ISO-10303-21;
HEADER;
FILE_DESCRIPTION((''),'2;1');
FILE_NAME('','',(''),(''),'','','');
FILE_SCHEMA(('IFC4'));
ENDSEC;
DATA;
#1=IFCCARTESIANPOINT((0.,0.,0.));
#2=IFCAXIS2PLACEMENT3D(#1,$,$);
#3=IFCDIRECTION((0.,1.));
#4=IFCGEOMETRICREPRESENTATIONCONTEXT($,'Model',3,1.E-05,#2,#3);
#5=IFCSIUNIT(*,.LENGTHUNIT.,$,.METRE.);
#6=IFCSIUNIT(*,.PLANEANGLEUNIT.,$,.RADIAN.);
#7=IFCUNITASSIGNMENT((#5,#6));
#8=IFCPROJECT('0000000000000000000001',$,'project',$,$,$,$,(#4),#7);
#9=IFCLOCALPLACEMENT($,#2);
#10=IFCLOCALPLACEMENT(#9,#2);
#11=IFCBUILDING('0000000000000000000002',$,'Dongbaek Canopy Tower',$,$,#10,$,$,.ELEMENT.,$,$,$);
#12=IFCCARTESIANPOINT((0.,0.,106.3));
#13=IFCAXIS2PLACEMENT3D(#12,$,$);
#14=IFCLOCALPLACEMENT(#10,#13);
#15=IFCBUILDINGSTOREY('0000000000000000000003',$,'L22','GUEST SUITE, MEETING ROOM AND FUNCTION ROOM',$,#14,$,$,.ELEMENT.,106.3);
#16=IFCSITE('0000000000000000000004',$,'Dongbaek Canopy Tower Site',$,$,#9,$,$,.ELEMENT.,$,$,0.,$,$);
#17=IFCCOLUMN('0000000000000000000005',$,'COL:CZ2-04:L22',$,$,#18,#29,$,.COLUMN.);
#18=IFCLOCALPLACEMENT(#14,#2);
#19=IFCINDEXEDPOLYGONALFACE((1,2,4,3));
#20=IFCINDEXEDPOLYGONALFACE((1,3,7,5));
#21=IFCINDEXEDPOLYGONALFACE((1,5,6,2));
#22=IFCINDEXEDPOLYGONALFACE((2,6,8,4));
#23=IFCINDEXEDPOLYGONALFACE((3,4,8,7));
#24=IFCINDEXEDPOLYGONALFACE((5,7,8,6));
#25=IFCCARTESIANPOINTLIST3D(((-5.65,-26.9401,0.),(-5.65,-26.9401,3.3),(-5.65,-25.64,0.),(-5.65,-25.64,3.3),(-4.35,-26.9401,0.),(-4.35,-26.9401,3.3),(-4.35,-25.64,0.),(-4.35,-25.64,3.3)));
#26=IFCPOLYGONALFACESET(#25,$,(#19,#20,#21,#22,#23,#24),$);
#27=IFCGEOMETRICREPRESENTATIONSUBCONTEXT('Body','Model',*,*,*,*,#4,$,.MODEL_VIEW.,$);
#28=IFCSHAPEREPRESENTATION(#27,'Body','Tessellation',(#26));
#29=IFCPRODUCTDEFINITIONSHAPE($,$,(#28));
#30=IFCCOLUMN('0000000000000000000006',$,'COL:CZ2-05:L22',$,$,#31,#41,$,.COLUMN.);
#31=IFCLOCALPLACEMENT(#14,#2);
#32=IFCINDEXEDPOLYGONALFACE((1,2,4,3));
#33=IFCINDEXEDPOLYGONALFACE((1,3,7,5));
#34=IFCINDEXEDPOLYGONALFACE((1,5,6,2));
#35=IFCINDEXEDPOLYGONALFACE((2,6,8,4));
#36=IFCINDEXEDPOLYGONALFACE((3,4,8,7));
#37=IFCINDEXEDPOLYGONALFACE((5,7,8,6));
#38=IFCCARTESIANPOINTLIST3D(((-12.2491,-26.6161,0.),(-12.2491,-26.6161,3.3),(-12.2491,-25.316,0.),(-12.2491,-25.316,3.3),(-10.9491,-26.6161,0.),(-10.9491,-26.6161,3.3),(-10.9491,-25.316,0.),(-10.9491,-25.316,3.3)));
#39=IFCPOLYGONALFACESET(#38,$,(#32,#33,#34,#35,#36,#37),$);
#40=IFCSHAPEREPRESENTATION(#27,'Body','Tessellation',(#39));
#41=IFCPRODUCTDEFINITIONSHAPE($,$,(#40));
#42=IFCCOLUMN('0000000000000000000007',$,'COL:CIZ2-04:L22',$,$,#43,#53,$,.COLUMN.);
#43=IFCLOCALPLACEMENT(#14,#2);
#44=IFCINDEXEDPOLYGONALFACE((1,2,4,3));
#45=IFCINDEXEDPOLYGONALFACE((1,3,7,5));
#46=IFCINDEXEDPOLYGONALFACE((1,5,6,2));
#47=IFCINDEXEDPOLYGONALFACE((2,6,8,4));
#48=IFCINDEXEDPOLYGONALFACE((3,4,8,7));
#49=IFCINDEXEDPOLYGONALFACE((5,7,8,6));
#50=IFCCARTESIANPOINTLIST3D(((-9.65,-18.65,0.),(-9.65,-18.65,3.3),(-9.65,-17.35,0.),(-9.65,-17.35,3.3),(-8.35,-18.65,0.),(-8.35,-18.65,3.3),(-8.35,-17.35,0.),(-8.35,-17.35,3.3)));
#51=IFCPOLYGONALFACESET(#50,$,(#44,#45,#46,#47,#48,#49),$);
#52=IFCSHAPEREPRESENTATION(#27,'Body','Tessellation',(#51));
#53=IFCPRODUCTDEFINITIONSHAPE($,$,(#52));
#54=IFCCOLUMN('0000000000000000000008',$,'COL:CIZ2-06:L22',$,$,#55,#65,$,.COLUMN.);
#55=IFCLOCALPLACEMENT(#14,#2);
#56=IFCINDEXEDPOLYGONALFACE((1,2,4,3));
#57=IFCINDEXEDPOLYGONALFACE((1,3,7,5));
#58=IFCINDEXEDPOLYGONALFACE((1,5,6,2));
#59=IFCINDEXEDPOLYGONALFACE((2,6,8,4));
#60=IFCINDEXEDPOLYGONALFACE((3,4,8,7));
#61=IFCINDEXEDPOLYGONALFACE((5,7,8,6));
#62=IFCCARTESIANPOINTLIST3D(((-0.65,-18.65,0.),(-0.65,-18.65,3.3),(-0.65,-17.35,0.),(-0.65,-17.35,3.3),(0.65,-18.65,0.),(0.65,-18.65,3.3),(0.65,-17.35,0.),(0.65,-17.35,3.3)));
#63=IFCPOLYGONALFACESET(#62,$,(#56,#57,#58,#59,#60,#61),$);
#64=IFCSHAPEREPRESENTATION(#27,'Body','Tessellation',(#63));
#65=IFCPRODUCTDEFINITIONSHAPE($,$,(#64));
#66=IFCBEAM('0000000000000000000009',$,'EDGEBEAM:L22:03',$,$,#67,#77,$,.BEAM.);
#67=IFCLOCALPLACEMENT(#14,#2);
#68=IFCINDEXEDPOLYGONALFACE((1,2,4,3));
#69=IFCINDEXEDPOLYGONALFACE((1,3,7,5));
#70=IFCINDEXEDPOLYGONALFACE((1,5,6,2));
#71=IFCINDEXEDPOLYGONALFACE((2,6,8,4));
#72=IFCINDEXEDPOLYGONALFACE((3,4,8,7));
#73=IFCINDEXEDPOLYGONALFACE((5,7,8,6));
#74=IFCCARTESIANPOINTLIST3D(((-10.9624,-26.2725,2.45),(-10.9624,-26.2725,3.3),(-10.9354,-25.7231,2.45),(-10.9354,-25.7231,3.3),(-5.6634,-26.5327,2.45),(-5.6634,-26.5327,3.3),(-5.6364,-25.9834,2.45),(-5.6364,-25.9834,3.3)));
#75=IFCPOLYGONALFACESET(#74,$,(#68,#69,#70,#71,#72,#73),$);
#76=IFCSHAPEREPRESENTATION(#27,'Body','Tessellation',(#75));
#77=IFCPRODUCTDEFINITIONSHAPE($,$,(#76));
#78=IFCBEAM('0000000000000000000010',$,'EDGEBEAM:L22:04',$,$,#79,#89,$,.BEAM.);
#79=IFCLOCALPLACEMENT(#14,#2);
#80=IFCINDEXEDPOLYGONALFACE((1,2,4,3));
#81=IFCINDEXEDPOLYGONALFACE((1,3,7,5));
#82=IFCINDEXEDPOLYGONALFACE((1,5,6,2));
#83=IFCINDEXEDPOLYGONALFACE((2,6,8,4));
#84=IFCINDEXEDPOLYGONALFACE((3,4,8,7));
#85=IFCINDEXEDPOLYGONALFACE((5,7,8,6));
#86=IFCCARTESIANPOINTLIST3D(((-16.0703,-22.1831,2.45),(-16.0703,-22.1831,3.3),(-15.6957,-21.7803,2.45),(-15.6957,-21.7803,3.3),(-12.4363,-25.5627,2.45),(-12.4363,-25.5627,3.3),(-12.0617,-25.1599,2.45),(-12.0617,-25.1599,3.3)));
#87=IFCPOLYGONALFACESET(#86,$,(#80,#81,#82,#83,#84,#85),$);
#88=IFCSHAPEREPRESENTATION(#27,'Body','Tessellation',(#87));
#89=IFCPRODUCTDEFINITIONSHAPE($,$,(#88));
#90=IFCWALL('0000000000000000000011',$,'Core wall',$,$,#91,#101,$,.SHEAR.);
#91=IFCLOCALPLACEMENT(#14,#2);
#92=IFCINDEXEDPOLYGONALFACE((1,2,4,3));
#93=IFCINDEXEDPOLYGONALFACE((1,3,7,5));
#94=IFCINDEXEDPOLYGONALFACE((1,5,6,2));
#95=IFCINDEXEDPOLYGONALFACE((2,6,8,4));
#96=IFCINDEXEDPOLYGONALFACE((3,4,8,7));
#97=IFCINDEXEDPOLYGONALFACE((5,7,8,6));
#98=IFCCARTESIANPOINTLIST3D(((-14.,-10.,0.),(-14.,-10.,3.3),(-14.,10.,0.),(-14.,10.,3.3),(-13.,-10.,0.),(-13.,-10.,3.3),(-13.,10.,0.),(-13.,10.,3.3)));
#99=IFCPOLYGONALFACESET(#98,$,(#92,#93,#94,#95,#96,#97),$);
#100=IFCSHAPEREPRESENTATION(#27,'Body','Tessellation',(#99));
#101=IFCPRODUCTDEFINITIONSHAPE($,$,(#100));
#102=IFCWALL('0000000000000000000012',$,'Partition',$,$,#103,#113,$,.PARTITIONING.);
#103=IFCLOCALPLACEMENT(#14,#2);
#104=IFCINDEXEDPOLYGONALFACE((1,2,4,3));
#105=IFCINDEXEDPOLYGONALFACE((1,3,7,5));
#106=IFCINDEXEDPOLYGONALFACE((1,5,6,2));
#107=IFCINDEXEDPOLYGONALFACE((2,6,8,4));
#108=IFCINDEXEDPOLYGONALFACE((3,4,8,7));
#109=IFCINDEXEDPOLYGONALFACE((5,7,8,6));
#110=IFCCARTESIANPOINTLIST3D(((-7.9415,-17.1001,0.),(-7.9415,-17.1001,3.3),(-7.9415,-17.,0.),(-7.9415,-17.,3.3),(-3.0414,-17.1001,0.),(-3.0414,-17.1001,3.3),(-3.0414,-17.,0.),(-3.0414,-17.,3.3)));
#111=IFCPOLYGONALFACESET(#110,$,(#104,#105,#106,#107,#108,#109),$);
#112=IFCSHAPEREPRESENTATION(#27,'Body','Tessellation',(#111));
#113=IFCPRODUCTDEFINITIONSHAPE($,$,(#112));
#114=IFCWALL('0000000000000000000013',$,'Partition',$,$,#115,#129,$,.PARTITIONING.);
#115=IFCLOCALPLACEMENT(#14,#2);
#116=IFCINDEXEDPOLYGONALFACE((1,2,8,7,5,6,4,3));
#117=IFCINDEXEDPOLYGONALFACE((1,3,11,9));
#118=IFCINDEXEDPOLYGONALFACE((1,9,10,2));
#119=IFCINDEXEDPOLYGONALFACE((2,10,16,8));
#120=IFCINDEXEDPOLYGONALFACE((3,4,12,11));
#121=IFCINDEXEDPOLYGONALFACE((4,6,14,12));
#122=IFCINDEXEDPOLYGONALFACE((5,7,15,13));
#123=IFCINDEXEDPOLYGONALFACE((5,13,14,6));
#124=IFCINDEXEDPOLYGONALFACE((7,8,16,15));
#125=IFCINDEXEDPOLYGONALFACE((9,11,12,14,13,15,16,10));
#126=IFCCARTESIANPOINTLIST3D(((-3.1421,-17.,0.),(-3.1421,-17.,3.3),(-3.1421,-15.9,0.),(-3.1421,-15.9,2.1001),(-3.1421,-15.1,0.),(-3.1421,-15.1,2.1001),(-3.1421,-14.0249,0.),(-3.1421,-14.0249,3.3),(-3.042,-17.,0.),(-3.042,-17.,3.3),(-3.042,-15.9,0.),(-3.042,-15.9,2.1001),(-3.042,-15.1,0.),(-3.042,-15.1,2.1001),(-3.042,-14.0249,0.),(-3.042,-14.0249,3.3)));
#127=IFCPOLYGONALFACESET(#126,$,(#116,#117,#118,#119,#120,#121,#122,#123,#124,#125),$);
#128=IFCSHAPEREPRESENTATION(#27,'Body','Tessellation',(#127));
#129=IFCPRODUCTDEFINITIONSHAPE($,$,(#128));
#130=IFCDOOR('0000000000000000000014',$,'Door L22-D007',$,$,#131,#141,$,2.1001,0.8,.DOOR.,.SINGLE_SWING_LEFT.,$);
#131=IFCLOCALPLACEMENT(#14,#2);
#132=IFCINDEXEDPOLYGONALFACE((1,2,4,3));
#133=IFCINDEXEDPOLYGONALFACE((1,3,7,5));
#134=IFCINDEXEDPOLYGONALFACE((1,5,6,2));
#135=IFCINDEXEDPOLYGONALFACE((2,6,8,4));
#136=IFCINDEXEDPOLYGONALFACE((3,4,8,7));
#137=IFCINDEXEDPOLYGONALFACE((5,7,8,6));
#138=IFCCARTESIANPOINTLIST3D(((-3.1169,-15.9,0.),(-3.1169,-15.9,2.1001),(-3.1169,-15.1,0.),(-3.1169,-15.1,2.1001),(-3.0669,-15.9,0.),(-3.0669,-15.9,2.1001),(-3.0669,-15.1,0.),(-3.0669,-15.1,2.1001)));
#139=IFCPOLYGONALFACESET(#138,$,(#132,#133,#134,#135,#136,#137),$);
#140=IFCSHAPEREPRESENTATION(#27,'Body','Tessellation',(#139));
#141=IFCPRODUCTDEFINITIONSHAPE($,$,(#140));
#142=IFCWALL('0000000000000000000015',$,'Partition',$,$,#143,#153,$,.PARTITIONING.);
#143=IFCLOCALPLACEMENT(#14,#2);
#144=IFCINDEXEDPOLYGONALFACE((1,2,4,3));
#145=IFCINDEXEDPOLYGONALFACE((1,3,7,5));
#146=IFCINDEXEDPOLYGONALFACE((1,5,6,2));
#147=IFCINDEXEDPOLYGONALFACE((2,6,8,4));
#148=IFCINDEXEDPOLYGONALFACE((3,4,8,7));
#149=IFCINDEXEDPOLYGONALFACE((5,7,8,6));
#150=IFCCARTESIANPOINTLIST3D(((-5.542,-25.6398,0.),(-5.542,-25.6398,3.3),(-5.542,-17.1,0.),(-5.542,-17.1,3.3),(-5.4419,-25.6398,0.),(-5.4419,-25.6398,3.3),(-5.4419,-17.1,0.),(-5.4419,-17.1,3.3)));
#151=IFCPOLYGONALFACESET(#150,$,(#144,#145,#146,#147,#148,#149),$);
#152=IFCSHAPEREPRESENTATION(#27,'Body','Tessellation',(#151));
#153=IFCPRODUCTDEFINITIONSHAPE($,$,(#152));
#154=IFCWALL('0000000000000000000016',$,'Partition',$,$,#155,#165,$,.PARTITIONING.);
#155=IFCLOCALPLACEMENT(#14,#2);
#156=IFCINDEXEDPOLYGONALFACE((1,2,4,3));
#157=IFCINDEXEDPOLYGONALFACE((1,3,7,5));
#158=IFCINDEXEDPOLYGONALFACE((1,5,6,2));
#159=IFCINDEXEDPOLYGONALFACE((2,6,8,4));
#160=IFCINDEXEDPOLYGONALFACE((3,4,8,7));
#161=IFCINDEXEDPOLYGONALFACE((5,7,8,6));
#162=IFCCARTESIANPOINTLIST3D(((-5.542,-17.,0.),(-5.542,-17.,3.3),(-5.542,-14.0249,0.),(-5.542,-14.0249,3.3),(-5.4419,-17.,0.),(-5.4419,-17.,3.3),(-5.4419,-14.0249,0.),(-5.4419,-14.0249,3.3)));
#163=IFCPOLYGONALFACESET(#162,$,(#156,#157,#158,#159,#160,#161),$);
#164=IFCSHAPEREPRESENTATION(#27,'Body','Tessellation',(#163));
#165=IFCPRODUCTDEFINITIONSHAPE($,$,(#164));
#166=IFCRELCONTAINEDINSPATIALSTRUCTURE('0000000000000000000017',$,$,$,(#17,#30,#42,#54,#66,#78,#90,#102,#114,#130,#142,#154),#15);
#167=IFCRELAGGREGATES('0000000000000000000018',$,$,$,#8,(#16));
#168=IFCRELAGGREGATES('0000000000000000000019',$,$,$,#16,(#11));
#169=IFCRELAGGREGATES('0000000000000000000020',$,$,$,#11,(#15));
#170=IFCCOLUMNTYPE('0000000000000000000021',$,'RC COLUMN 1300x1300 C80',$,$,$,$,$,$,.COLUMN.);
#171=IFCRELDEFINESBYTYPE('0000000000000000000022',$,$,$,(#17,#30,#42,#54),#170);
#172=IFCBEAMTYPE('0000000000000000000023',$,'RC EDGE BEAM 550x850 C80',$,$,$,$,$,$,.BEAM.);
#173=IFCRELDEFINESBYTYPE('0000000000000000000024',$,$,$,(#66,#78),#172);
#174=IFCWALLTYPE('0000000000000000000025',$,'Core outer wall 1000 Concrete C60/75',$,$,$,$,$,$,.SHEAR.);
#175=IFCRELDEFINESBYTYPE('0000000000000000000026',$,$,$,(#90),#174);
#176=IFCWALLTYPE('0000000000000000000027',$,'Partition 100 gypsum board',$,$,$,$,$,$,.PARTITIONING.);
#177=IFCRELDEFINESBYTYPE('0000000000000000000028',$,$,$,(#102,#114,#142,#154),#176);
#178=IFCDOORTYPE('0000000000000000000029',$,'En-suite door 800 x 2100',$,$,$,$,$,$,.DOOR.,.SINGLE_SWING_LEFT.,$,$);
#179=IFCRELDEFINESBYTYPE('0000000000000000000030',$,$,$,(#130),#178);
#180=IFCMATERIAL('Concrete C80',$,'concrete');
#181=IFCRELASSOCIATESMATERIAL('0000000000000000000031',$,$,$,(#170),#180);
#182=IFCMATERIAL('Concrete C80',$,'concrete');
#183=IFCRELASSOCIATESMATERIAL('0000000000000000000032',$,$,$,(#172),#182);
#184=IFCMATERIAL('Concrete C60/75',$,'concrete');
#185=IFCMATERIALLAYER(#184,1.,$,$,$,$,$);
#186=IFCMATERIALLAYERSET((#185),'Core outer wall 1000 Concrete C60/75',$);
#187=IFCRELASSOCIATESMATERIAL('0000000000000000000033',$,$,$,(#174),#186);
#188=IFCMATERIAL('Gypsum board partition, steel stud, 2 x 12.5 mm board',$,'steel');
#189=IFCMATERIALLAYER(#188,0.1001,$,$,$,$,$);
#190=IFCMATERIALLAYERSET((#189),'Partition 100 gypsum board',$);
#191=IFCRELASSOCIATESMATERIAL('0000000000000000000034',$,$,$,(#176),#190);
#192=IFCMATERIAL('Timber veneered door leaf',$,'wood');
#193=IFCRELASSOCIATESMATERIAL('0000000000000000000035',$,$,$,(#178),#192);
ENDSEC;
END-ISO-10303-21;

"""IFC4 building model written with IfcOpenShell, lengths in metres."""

from ifc_helpers import new_model, si_unit, direction, frame, frame_2d, origin, origin_2d, place, context, subcontext, project, spatial, rectangle, extrude, material, layer, layer_set, material_profile, profile_set, type_object, element, fill, save


model = new_model("IFC4")

# Units and contexts
model_context = context("Model", 3, precision=1e-05, world=origin(), true_north=direction((0.0, 1.0)))
body_context = subcontext(model_context, "Body", "Model", "MODEL_VIEW")
ifc_project = project(units=[si_unit("LENGTHUNIT", "METRE"), si_unit("PLANEANGLEUNIT", "RADIAN")], contexts=[model_context])

# Site, building, storey
site_placement = place(None, origin())
site = spatial("IfcSite", under=ifc_project, at=site_placement, Name="Dongbaek Canopy Tower Site", CompositionType="ELEMENT", RefElevation=0.0)
building_placement = place(site_placement, origin())
building = spatial("IfcBuilding", under=site, at=building_placement, Name="Dongbaek Canopy Tower", CompositionType="ELEMENT")
storey_placement = place(building_placement, frame((0.0, 0.0, 106.3)))
storey = spatial("IfcBuildingStorey", under=building, at=storey_placement, Name="L22", Description="GUEST SUITE, MEETING ROOM AND FUNCTION ROOM", CompositionType="ELEMENT", Elevation=106.3)

# Columns
ifc_material_1 = material(Name="Concrete C80", Category="concrete")
ifc_material_profile_1 = material_profile(ifc_material_1, rectangle(XDim=1.3, YDim=1.3, at=origin_2d()), Name="RC COLUMN 1300x1300 C80")
ifc_profile_set_1 = profile_set([ifc_material_profile_1], Name="Concrete C80")
column_type = type_object("IfcColumnType", Name="RC COLUMN 1300x1300 C80", PredefinedType="COLUMN", material=ifc_profile_set_1)
for number, where, z_axis, x_axis, name in (
    (1, (-5.0, -26.29, 0.0), (0.0, 0.0, 1.0), (1.0, 0.0, 0.0), "COL:CZ2-04:L22"),
    (2, (-11.5991, -25.9661, 0.0), (0.0, 0.0, 1.0), (1.0, 0.0, 0.0), "COL:CZ2-05:L22"),
    (3, (-9.0, -18.0, 0.0), (0.0, 0.0, 1.0), (1.0, 0.0, 0.0), "COL:CIZ2-04:L22"),
    (4, (0.0, -18.0, 0.0), (0.0, 0.0, 1.0), (1.0, 0.0, 0.0), "COL:CIZ2-06:L22"),
):
    element("IfcColumn", number, at=place(storey_placement, frame(where, z_axis=z_axis, x_axis=x_axis)), inside=storey, type_object=column_type, Name=name, PredefinedType="COLUMN", context=body_context, shape_type="SweptSolid", body=[
        extrude(rectangle(XDim=1.3, YDim=1.3, at=origin_2d()), origin(), (0.0, 0.0, 1.0), 3.3),
    ])

# Beams
ifc_material_2 = material(Name="Concrete C80", Category="concrete")
ifc_material_profile_2 = material_profile(ifc_material_2, rectangle(XDim=0.55, YDim=0.8501, at=origin_2d()), Name="RC EDGE BEAM 550x850 C80")
ifc_profile_set_2 = profile_set([ifc_material_profile_2], Name="Concrete C80")
beam_type = type_object("IfcBeamType", Name="RC EDGE BEAM 550x850 C80", PredefinedType="BEAM", material=ifc_profile_set_2)
beam_1_placement = place(storey_placement, frame((-5.6499, -26.2581, 2.875), z_axis=(-0.998796, 0.049054, 0.0), x_axis=(-0.049054, -0.998796, 0.0)))
element("IfcBeam", 5, at=beam_1_placement, inside=storey, type_object=beam_type, Name="EDGEBEAM:L22:03", PredefinedType="BEAM", context=body_context, shape_type="SweptSolid", body=[
    extrude(rectangle(XDim=0.55, YDim=0.8501, at=origin_2d()), origin(), (0.0, 0.0, 1.0), 5.3054),
])
beam_2_placement = place(storey_placement, frame((-12.249, -25.3613, 2.875), z_axis=(-0.732273, 0.681011, 0.0), x_axis=(-0.681011, -0.732273, 0.0)))
element("IfcBeam", 6, at=beam_2_placement, inside=storey, type_object=beam_type, Name="EDGEBEAM:L22:04", PredefinedType="BEAM", context=body_context, shape_type="SweptSolid", body=[
    extrude(rectangle(XDim=0.55, YDim=0.8501, at=origin_2d()), origin(), (0.0, 0.0, 1.0), 4.9626),
])

# Walls
ifc_material_3 = material(Name="Concrete C60/75", Category="concrete")
ifc_layer_1 = layer(ifc_material_3, 1.0)
ifc_layer_set_1 = layer_set([ifc_layer_1], Name="Core outer wall 1000 Concrete C60/75")
wall_type_1 = type_object("IfcWallType", Name="Core outer wall 1000 Concrete C60/75", PredefinedType="SHEAR", material=ifc_layer_set_1)
wall_1_placement = place(storey_placement, frame((-13.5, -10.0, 0.0), z_axis=(0.0, 0.0, 1.0), x_axis=(0.0, 1.0, 0.0)))
element("IfcWall", 7, at=wall_1_placement, inside=storey, type_object=wall_type_1, Name="Core wall", PredefinedType="SHEAR", context=body_context, shape_type="SweptSolid", body=[
    extrude(rectangle(XDim=20.0, YDim=1.0, at=frame_2d((10.0, 0.0))), origin(), (0.0, 0.0, 1.0), 3.3),
])
ifc_material_4 = material(Name="Gypsum board partition, steel stud, 2 x 12.5 mm board", Category="steel")
ifc_layer_2 = layer(ifc_material_4, 0.1001)
ifc_layer_set_2 = layer_set([ifc_layer_2], Name="Partition 100 gypsum board")
wall_type_2 = type_object("IfcWallType", Name="Partition 100 gypsum board", PredefinedType="PARTITIONING", material=ifc_layer_set_2)
wall_2_placement = place(storey_placement, frame((-7.9417, -17.05, 0.0), z_axis=(0.0, 0.0, 1.0), x_axis=(1.0, 0.0, 0.0)))
element("IfcWall", 8, at=wall_2_placement, inside=storey, type_object=wall_type_2, Name="Partition", PredefinedType="PARTITIONING", context=body_context, shape_type="SweptSolid", body=[
    extrude(rectangle(XDim=4.9001, YDim=0.1001, at=frame_2d((2.4502, 0.0))), origin(), (0.0, 0.0, 1.0), 3.3),
])

# Wall, opening, door
wall_3_placement = place(storey_placement, frame((-3.092, -17.0, 0.0), z_axis=(0.0, 0.0, 1.0), x_axis=(0.0, 1.0, 0.0)))
wall_3 = element("IfcWall", 9, at=wall_3_placement, inside=storey, type_object=wall_type_2, Name="Partition", PredefinedType="PARTITIONING", context=body_context, shape_type="SweptSolid", body=[
    extrude(rectangle(XDim=2.9751, YDim=0.1001, at=frame_2d((1.4875, 0.0))), origin(), (0.0, 0.0, 1.0), 3.3),
])
opening_1_placement = place(wall_3_placement, frame((1.1001, 0.0, 0.0)))
opening_1 = element("IfcOpeningElement", 10, at=opening_1_placement, cuts=wall_3, PredefinedType="OPENING", context=body_context, shape_type="SweptSolid", body=[
    extrude(rectangle(XDim=0.8, YDim=2.1001, at=frame_2d((0.3999, 1.05))), frame((0.0, 0.0601, 0.0), z_axis=(0.0, -1.0, 0.0), x_axis=(1.0, 0.0, 0.0)), (0.0, 0.0, 1.0), 0.1201),
])
ifc_material_5 = material(Name="Timber veneered door leaf", Category="wood")
door_type = type_object("IfcDoorType", Name="En-suite door 800 x 2100", OperationType="SINGLE_SWING_LEFT", PredefinedType="DOOR", material=ifc_material_5)
door_1_placement = place(opening_1_placement, origin())
door_1 = element("IfcDoor", 11, at=door_1_placement, inside=storey, type_object=door_type, Name="Door L22-D007", OperationType="SINGLE_SWING_LEFT", OverallHeight=2.1001, OverallWidth=0.8, PredefinedType="DOOR", context=body_context, shape_type="SweptSolid", body=[
    extrude(rectangle(XDim=0.8, YDim=2.1001, at=frame_2d((0.3999, 1.05))), frame((0.0, 0.0249, 0.0), z_axis=(0.0, -1.0, 0.0), x_axis=(1.0, 0.0, 0.0)), (0.0, 0.0, 1.0), 0.05),
])
fill(opening_1, door_1)

# Walls
wall_4_placement = place(storey_placement, frame((-5.4919, -25.6399, 0.0), z_axis=(0.0, 0.0, 1.0), x_axis=(0.0, 1.0, 0.0)))
element("IfcWall", 12, at=wall_4_placement, inside=storey, type_object=wall_type_2, Name="Partition", PredefinedType="PARTITIONING", context=body_context, shape_type="SweptSolid", body=[
    extrude(rectangle(XDim=8.5398, YDim=0.1001, at=frame_2d((4.27, 0.0))), origin(), (0.0, 0.0, 1.0), 3.3),
])
wall_5_placement = place(storey_placement, frame((-5.4919, -17.0, 0.0), z_axis=(0.0, 0.0, 1.0), x_axis=(0.0, 1.0, 0.0)))
element("IfcWall", 13, at=wall_5_placement, inside=storey, type_object=wall_type_2, Name="Partition", PredefinedType="PARTITIONING", context=body_context, shape_type="SweptSolid", body=[
    extrude(rectangle(XDim=2.9751, YDim=0.1001, at=frame_2d((1.4875, 0.0))), origin(), (0.0, 0.0, 1.0), 3.3),
])

save(model, "model.ifc")
